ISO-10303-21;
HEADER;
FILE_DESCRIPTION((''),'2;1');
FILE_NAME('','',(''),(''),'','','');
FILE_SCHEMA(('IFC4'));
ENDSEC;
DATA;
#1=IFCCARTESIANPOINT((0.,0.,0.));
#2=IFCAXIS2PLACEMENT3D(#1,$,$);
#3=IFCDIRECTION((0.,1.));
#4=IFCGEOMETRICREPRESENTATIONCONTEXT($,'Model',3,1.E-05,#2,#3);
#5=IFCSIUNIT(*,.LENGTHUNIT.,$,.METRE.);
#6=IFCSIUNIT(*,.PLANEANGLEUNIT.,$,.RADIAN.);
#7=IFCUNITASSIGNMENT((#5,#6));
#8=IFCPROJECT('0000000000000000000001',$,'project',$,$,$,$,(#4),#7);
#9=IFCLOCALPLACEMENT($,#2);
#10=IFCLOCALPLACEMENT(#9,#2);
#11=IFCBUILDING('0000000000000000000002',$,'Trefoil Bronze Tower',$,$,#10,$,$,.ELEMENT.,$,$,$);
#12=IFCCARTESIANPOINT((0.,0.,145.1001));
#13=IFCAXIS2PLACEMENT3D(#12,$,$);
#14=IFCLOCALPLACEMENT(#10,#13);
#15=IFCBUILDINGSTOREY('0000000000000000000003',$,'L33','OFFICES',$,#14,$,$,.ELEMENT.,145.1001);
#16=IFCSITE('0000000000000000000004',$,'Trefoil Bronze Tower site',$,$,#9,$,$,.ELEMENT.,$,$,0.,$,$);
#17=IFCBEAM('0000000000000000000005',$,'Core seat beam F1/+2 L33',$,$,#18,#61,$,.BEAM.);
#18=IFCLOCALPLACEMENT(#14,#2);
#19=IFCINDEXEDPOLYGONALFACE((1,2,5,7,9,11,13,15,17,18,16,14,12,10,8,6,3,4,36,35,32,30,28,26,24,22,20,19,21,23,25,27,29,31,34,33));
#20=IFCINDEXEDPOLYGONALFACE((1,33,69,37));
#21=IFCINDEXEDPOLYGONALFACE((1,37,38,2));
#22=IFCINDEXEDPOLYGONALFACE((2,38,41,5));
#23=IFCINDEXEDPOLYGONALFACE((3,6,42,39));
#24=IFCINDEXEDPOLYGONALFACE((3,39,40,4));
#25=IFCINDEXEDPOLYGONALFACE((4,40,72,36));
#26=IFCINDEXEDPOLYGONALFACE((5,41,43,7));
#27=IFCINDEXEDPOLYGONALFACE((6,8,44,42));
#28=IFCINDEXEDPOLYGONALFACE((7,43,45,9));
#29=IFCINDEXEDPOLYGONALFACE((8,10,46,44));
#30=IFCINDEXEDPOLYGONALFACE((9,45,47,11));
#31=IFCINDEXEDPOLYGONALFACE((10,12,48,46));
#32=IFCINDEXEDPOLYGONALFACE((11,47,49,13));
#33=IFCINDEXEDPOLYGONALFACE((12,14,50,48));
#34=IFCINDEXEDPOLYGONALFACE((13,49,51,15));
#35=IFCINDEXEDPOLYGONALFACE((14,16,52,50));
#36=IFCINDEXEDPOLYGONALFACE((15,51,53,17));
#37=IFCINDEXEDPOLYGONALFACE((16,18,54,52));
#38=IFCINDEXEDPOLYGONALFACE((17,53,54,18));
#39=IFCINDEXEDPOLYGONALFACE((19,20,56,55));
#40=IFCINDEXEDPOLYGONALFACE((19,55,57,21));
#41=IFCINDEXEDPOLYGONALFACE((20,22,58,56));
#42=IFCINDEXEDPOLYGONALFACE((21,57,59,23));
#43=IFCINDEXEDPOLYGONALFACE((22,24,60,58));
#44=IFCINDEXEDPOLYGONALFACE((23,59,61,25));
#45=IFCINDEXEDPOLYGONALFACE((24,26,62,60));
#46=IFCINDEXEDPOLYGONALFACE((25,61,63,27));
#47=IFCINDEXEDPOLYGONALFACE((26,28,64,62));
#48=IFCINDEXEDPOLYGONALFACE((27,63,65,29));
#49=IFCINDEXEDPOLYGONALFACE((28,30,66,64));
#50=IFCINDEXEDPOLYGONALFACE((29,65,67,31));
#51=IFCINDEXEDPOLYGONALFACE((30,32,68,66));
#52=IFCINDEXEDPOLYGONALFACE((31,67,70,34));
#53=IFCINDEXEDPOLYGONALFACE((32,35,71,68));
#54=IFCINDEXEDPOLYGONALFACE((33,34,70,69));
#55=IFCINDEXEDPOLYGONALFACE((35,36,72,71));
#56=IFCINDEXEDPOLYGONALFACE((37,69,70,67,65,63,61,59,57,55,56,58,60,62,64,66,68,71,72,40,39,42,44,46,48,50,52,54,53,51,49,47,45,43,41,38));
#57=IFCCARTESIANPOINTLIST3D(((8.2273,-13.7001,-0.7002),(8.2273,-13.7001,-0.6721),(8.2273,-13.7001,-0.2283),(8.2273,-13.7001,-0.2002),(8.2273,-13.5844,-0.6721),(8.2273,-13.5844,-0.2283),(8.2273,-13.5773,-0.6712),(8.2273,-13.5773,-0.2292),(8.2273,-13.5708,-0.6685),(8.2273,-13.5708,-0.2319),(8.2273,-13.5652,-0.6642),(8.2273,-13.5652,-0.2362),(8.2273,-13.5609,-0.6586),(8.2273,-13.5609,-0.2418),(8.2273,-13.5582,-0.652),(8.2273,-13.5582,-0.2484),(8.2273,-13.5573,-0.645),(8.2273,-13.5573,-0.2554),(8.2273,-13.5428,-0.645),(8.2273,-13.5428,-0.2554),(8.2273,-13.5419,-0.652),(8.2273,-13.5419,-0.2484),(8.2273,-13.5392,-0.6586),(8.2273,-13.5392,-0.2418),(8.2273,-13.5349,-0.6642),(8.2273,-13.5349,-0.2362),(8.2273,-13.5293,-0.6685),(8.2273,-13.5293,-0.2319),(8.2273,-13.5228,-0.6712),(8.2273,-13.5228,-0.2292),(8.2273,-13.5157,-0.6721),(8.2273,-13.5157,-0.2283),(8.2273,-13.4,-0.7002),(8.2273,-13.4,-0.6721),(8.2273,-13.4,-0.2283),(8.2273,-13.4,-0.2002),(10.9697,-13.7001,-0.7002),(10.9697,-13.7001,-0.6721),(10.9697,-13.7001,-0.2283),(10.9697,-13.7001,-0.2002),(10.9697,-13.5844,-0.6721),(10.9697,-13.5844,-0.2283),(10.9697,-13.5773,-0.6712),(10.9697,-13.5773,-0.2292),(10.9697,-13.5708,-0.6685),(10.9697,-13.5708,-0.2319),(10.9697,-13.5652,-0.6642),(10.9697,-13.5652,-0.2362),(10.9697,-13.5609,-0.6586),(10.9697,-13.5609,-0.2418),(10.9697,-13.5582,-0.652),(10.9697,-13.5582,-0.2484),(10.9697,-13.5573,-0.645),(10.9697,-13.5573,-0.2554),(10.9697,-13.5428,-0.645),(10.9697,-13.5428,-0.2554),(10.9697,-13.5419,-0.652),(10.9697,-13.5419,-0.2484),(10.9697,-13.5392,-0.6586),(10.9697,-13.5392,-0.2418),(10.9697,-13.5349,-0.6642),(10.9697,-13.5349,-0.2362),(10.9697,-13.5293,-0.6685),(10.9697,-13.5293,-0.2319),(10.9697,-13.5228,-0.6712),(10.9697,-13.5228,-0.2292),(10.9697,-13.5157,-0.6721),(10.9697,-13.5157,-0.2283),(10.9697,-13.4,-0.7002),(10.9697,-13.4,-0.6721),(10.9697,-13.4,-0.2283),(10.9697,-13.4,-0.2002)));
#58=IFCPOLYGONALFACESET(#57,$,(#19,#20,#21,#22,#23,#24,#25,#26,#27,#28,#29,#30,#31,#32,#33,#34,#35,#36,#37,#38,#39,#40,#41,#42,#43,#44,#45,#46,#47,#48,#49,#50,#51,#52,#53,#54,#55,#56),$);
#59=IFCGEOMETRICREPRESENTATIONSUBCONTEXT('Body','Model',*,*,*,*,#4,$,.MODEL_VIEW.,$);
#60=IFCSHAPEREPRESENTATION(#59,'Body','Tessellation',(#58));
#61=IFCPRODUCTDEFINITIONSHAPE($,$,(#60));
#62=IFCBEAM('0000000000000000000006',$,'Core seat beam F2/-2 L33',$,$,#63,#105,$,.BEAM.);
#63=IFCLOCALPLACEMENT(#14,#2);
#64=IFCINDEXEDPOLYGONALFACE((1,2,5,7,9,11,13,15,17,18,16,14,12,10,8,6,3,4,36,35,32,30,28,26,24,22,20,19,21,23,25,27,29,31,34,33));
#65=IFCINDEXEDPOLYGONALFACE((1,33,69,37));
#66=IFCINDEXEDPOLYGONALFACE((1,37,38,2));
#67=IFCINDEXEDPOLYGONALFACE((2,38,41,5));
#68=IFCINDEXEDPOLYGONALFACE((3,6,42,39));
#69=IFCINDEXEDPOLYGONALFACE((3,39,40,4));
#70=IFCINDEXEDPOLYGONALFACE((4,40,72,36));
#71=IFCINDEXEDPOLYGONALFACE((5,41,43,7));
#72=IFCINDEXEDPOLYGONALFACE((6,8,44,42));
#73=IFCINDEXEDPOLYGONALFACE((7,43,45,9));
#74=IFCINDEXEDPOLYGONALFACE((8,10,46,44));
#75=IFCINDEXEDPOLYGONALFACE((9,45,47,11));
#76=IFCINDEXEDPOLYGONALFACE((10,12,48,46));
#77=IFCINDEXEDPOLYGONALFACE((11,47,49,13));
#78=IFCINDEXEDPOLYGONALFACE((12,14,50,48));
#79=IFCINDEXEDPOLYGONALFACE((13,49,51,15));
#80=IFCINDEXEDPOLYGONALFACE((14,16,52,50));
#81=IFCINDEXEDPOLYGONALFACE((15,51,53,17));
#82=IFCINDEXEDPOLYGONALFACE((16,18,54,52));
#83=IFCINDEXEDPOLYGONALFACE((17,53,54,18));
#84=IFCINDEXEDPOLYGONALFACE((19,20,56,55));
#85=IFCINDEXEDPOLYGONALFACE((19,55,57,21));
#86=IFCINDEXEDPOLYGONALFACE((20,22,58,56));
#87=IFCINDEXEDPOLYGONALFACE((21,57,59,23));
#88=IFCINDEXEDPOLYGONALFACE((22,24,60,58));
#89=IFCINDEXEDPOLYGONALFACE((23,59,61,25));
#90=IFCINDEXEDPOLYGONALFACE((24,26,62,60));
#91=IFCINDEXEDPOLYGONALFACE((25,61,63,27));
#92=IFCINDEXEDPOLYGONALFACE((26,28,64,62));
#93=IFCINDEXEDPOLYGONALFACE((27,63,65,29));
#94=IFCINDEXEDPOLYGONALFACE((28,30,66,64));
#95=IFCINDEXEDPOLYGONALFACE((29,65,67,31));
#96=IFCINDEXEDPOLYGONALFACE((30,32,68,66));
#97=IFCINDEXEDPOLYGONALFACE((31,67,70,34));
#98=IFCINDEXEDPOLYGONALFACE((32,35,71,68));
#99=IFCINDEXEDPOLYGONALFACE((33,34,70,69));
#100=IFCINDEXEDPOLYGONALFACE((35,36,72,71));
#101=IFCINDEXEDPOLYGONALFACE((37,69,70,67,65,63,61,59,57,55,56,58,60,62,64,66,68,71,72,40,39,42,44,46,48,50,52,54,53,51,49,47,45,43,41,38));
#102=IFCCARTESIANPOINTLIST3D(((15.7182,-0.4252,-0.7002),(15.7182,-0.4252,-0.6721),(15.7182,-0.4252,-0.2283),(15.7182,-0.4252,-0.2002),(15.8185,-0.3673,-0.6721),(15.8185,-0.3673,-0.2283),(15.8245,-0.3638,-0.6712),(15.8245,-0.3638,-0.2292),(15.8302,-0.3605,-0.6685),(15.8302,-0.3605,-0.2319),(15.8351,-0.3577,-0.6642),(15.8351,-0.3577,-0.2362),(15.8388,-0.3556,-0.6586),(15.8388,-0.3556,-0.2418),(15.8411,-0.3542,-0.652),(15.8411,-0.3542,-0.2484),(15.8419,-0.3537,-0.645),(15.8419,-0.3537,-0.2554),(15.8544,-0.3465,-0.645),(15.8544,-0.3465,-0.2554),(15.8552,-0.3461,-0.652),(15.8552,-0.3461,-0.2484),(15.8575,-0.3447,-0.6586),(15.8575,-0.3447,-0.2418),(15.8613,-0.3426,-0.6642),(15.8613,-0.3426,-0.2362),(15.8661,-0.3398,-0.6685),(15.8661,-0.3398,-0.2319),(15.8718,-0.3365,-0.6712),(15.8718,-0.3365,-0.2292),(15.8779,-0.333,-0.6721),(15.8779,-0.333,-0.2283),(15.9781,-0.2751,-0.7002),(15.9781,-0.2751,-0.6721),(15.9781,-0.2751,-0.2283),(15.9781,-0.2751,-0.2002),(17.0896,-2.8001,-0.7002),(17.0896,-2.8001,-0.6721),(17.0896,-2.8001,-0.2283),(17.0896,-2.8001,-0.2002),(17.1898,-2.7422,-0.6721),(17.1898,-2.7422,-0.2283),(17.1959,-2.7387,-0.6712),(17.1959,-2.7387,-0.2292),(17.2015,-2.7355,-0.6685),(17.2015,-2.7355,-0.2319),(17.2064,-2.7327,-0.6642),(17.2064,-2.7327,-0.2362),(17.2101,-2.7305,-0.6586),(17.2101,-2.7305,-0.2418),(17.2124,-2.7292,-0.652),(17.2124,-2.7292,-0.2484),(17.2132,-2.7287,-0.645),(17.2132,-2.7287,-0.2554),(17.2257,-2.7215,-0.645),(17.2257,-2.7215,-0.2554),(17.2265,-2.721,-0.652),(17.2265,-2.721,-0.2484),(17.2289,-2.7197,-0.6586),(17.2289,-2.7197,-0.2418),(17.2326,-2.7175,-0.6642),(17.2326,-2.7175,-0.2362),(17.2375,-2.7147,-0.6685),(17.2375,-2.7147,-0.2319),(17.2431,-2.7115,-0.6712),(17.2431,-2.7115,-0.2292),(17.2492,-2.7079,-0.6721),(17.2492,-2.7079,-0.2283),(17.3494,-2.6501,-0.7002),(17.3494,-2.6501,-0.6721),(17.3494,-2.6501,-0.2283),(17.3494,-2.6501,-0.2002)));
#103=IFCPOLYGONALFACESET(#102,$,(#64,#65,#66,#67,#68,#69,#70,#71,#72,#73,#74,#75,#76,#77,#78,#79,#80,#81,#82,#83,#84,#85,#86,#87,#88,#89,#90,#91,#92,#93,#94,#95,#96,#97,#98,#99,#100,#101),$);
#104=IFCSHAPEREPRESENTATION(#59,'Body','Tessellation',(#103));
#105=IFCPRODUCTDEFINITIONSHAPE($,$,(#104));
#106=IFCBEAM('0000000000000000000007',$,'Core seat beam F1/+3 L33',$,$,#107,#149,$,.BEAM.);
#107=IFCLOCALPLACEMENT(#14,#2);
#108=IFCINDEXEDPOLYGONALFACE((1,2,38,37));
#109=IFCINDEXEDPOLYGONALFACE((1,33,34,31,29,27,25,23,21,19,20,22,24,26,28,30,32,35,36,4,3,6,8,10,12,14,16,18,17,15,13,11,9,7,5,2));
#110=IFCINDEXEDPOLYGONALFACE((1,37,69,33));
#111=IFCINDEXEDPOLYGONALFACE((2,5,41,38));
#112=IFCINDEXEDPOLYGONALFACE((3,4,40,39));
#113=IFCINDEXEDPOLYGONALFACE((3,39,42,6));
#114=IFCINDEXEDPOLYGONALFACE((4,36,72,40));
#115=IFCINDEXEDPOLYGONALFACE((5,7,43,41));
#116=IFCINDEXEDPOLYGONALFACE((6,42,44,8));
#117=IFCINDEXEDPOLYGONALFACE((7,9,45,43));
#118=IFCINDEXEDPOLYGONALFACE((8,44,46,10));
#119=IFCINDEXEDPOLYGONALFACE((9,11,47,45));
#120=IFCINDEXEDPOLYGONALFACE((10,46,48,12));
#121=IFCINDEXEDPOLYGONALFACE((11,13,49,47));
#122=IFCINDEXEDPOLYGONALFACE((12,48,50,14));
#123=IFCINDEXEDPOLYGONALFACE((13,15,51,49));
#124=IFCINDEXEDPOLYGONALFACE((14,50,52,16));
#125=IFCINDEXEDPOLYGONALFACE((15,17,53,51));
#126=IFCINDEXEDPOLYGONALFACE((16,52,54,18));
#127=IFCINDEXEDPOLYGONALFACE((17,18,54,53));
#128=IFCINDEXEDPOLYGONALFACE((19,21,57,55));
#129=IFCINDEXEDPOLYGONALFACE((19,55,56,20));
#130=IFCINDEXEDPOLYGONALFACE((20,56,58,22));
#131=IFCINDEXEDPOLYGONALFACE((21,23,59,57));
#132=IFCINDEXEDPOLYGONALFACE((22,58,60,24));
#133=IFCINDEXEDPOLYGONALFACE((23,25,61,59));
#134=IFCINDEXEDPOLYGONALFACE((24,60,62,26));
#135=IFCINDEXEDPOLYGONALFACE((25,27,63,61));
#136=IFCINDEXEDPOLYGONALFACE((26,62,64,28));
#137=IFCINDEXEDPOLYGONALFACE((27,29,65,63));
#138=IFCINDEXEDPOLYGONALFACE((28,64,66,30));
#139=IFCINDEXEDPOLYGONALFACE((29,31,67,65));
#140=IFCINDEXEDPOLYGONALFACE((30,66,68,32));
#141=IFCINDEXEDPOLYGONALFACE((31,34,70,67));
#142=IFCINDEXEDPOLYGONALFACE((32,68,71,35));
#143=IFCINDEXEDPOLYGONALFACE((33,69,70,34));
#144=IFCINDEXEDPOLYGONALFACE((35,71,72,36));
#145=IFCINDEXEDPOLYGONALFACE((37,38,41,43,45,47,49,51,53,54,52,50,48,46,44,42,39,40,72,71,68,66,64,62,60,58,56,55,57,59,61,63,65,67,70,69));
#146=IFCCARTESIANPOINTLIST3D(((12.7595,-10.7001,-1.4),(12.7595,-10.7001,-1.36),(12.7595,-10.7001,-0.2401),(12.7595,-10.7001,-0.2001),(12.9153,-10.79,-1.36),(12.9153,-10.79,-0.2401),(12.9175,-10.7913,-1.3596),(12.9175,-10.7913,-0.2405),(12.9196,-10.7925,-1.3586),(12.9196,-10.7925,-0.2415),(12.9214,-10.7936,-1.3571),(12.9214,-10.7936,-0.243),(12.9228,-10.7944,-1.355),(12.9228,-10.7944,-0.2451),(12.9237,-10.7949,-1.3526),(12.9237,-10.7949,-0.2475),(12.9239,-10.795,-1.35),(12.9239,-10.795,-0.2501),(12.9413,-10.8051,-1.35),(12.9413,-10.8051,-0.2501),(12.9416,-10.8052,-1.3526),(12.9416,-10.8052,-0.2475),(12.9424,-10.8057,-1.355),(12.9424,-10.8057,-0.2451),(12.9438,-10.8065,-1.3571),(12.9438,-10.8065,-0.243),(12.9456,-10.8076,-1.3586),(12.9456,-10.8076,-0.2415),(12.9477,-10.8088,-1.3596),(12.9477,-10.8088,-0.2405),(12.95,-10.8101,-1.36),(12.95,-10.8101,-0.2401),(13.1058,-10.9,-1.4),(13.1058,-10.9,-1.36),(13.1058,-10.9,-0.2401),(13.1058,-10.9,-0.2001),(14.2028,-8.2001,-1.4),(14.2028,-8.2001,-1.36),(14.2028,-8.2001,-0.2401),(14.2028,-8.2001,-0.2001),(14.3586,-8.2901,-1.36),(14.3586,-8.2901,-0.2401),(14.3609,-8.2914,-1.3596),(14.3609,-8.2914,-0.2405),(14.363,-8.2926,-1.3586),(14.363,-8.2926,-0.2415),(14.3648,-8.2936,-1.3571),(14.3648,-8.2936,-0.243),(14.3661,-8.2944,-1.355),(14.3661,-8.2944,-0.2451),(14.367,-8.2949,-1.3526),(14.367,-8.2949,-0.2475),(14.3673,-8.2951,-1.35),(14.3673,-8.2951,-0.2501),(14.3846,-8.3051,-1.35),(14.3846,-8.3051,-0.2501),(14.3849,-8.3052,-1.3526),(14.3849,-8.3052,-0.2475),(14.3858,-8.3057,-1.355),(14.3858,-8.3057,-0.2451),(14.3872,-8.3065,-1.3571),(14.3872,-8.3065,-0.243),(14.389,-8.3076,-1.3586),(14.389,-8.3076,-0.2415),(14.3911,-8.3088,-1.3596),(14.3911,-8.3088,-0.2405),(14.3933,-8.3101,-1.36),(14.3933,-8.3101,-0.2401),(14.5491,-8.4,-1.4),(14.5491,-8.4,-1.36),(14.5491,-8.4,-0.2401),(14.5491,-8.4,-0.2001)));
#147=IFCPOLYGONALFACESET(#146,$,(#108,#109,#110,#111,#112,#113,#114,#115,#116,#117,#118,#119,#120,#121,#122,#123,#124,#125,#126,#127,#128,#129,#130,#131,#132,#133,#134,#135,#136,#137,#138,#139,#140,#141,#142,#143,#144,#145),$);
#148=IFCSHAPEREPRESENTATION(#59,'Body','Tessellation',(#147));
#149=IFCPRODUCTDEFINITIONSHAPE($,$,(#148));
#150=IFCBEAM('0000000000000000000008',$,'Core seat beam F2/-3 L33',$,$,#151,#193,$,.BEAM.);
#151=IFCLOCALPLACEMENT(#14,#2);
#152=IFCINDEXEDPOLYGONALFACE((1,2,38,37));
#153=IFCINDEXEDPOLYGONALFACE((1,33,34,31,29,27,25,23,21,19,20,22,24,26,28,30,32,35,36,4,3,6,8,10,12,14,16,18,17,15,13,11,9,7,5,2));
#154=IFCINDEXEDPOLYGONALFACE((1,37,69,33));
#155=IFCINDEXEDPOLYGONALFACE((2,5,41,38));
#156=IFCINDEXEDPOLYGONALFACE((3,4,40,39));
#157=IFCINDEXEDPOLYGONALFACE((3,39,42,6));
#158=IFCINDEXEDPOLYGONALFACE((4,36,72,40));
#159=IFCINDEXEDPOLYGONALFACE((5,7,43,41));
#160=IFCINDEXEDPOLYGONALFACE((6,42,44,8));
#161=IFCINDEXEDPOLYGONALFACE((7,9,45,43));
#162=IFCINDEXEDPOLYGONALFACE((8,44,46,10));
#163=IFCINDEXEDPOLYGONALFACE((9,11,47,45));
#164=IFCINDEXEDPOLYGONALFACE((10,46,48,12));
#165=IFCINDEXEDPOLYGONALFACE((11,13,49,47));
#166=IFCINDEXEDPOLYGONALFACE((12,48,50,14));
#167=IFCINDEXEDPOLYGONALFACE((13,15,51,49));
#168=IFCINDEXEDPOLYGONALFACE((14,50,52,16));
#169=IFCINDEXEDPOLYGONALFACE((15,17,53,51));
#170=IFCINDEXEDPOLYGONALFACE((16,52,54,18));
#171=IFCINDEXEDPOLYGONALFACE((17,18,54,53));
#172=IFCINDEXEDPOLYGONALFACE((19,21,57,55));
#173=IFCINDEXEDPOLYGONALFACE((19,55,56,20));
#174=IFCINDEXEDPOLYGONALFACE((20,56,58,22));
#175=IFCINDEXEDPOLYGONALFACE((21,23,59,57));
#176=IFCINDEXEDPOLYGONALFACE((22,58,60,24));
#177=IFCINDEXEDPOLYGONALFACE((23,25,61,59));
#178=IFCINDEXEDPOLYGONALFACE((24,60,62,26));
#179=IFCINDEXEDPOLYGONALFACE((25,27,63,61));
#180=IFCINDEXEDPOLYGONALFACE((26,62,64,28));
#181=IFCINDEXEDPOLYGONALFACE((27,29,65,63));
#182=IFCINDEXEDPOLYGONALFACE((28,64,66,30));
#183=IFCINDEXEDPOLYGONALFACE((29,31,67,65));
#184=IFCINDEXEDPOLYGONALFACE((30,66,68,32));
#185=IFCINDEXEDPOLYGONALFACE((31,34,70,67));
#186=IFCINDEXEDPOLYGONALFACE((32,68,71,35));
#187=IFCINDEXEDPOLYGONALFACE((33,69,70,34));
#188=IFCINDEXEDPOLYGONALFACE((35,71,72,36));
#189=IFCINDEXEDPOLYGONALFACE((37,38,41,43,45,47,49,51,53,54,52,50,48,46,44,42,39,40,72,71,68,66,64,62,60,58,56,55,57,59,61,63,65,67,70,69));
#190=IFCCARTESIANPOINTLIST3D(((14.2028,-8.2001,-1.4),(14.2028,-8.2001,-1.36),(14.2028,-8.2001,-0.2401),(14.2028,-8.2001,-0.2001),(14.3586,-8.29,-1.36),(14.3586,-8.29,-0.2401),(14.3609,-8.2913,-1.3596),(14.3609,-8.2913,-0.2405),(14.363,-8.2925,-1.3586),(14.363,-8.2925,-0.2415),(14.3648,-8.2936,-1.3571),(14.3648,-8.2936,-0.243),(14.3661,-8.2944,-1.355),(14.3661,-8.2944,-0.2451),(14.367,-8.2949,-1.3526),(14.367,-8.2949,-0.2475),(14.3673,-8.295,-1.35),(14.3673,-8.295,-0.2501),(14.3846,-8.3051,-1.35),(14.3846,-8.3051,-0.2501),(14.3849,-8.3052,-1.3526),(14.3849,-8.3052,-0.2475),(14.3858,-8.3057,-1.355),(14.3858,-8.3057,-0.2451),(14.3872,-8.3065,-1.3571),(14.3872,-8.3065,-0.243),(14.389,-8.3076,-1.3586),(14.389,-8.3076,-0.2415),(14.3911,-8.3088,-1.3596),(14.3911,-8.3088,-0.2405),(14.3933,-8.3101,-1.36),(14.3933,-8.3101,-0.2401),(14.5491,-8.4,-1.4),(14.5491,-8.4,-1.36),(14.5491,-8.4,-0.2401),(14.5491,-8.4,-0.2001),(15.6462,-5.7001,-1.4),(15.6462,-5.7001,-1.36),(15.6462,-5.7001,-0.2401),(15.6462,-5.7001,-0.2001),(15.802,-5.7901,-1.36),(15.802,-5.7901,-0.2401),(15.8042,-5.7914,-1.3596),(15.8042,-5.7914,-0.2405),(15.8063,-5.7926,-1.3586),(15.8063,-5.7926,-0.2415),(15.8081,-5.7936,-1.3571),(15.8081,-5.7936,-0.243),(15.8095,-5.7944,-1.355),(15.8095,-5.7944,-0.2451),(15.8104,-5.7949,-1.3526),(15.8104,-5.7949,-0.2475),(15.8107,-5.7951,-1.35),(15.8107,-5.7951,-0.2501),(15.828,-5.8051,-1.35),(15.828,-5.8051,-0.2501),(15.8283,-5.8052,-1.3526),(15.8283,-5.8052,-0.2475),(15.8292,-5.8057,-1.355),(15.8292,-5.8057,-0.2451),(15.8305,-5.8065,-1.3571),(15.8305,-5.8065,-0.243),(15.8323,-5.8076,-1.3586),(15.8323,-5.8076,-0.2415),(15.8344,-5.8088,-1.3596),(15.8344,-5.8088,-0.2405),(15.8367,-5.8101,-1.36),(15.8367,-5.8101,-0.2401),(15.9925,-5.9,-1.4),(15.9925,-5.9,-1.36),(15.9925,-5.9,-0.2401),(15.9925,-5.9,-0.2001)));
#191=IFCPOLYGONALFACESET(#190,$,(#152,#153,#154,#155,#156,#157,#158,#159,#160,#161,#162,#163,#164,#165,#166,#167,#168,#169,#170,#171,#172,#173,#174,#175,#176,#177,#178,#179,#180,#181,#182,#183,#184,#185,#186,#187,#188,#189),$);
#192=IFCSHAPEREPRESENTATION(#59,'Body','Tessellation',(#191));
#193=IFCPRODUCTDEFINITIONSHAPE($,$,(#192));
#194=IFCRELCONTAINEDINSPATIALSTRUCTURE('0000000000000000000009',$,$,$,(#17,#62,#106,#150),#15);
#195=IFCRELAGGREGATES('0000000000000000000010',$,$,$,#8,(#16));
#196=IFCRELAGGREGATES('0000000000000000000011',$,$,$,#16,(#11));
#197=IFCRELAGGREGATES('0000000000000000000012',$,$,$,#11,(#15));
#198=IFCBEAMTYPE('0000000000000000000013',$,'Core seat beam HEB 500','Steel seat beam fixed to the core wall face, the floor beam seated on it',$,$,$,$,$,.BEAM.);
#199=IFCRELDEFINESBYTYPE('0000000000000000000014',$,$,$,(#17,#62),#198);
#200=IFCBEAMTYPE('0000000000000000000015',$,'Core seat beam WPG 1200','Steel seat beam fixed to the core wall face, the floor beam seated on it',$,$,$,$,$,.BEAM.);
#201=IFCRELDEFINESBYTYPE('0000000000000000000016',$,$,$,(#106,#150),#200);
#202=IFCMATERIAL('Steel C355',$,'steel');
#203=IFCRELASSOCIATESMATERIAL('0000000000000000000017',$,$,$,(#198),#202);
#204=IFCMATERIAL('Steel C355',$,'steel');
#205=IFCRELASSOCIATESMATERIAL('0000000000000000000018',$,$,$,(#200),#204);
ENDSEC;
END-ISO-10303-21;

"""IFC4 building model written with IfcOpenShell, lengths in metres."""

from ifc_helpers import new_model, si_unit, direction, frame, origin, origin_2d, place, context, subcontext, project, spatial, i_section, extrude, material, material_profile, profile_set, type_object, element, save


model = new_model("IFC4")

# Units and contexts
model_context = context("Model", 3, precision=1e-05, world=origin(), true_north=direction((0.0, 1.0)))
body_context = subcontext(model_context, "Body", "Model", "MODEL_VIEW")
ifc_project = project(units=[si_unit("LENGTHUNIT", "METRE"), si_unit("PLANEANGLEUNIT", "RADIAN")], contexts=[model_context])

# Site, building, storey
site_placement = place(None, origin())
site = spatial("IfcSite", under=ifc_project, at=site_placement, Name="Trefoil Bronze Tower site", CompositionType="ELEMENT", RefElevation=0.0)
building_placement = place(site_placement, origin())
building = spatial("IfcBuilding", under=site, at=building_placement, Name="Trefoil Bronze Tower", CompositionType="ELEMENT")
storey_placement = place(building_placement, frame((0.0, 0.0, 145.1001)))
storey = spatial("IfcBuildingStorey", under=building, at=storey_placement, Name="L33", Description="OFFICES", CompositionType="ELEMENT", Elevation=145.1001)

# Beams
ifc_material_1 = material(Name="Steel C355", Category="steel")
ifc_material_profile_1 = material_profile(ifc_material_1, i_section(OverallWidth=0.3, OverallDepth=0.5, WebThickness=0.0144, FlangeThickness=0.0281, FilletRadius=0.0271, at=origin_2d()), Name="HEB 500")
ifc_profile_set_1 = profile_set([ifc_material_profile_1], Name="Steel C355")
beam_type_1 = type_object("IfcBeamType", Name="Core seat beam HEB 500", Description="Steel seat beam fixed to the core wall face, the floor beam seated on it", PredefinedType="BEAM", material=ifc_profile_set_1)
for number, where, z_axis, x_axis, name in (
    (1, (8.2273, -13.55, -0.4502), (1.0, 0.0, 0.0), (0.0, 1.0, 0.0), "Core seat beam F1/+2 L33"),
    (2, (17.2195, -2.7251, -0.4502), (-0.500036, 0.866005, 0.0), (-0.866005, -0.500036, 0.0), "Core seat beam F2/-2 L33"),
):
    element("IfcBeam", number, at=place(storey_placement, frame(where, z_axis=z_axis, x_axis=x_axis)), inside=storey, type_object=beam_type_1, Name=name, PredefinedType="BEAM", context=body_context, shape_type="SweptSolid", body=[
        extrude(i_section(OverallWidth=0.3, OverallDepth=0.5, WebThickness=0.0144, FlangeThickness=0.0281, FilletRadius=0.0271, at=origin_2d()), origin(), (0.0, 0.0, 1.0), 2.7424),
    ])
ifc_material_2 = material(Name="Steel C355", Category="steel")
ifc_material_profile_2 = material_profile(ifc_material_2, i_section(OverallWidth=0.3999, OverallDepth=1.2, WebThickness=0.02, FlangeThickness=0.04, FilletRadius=0.01, at=origin_2d()), Name="WPG 1200")
ifc_profile_set_2 = profile_set([ifc_material_profile_2], Name="Steel C355")
beam_type_2 = type_object("IfcBeamType", Name="Core seat beam WPG 1200", Description="Steel seat beam fixed to the core wall face, the floor beam seated on it", PredefinedType="BEAM", material=ifc_profile_set_2)
for number, where, z_axis, x_axis, name in (
    (3, (12.9326, -10.8, -0.8), (0.499996, 0.866028, 0.0), (-0.866028, 0.499996, 0.0), "Core seat beam F1/+3 L33"),
    (4, (14.376, -8.3, -0.8), (0.499996, 0.866028, 0.0), (-0.866028, 0.499996, 0.0), "Core seat beam F2/-3 L33"),
):
    element("IfcBeam", number, at=place(storey_placement, frame(where, z_axis=z_axis, x_axis=x_axis)), inside=storey, type_object=beam_type_2, Name=name, PredefinedType="BEAM", context=body_context, shape_type="SweptSolid", body=[
        extrude(i_section(OverallWidth=0.3999, OverallDepth=1.2, WebThickness=0.02, FlangeThickness=0.04, FilletRadius=0.01, at=origin_2d()), origin(), (0.0, 0.0, 1.0), 2.8867),
    ])

save(model, "model.ifc")
